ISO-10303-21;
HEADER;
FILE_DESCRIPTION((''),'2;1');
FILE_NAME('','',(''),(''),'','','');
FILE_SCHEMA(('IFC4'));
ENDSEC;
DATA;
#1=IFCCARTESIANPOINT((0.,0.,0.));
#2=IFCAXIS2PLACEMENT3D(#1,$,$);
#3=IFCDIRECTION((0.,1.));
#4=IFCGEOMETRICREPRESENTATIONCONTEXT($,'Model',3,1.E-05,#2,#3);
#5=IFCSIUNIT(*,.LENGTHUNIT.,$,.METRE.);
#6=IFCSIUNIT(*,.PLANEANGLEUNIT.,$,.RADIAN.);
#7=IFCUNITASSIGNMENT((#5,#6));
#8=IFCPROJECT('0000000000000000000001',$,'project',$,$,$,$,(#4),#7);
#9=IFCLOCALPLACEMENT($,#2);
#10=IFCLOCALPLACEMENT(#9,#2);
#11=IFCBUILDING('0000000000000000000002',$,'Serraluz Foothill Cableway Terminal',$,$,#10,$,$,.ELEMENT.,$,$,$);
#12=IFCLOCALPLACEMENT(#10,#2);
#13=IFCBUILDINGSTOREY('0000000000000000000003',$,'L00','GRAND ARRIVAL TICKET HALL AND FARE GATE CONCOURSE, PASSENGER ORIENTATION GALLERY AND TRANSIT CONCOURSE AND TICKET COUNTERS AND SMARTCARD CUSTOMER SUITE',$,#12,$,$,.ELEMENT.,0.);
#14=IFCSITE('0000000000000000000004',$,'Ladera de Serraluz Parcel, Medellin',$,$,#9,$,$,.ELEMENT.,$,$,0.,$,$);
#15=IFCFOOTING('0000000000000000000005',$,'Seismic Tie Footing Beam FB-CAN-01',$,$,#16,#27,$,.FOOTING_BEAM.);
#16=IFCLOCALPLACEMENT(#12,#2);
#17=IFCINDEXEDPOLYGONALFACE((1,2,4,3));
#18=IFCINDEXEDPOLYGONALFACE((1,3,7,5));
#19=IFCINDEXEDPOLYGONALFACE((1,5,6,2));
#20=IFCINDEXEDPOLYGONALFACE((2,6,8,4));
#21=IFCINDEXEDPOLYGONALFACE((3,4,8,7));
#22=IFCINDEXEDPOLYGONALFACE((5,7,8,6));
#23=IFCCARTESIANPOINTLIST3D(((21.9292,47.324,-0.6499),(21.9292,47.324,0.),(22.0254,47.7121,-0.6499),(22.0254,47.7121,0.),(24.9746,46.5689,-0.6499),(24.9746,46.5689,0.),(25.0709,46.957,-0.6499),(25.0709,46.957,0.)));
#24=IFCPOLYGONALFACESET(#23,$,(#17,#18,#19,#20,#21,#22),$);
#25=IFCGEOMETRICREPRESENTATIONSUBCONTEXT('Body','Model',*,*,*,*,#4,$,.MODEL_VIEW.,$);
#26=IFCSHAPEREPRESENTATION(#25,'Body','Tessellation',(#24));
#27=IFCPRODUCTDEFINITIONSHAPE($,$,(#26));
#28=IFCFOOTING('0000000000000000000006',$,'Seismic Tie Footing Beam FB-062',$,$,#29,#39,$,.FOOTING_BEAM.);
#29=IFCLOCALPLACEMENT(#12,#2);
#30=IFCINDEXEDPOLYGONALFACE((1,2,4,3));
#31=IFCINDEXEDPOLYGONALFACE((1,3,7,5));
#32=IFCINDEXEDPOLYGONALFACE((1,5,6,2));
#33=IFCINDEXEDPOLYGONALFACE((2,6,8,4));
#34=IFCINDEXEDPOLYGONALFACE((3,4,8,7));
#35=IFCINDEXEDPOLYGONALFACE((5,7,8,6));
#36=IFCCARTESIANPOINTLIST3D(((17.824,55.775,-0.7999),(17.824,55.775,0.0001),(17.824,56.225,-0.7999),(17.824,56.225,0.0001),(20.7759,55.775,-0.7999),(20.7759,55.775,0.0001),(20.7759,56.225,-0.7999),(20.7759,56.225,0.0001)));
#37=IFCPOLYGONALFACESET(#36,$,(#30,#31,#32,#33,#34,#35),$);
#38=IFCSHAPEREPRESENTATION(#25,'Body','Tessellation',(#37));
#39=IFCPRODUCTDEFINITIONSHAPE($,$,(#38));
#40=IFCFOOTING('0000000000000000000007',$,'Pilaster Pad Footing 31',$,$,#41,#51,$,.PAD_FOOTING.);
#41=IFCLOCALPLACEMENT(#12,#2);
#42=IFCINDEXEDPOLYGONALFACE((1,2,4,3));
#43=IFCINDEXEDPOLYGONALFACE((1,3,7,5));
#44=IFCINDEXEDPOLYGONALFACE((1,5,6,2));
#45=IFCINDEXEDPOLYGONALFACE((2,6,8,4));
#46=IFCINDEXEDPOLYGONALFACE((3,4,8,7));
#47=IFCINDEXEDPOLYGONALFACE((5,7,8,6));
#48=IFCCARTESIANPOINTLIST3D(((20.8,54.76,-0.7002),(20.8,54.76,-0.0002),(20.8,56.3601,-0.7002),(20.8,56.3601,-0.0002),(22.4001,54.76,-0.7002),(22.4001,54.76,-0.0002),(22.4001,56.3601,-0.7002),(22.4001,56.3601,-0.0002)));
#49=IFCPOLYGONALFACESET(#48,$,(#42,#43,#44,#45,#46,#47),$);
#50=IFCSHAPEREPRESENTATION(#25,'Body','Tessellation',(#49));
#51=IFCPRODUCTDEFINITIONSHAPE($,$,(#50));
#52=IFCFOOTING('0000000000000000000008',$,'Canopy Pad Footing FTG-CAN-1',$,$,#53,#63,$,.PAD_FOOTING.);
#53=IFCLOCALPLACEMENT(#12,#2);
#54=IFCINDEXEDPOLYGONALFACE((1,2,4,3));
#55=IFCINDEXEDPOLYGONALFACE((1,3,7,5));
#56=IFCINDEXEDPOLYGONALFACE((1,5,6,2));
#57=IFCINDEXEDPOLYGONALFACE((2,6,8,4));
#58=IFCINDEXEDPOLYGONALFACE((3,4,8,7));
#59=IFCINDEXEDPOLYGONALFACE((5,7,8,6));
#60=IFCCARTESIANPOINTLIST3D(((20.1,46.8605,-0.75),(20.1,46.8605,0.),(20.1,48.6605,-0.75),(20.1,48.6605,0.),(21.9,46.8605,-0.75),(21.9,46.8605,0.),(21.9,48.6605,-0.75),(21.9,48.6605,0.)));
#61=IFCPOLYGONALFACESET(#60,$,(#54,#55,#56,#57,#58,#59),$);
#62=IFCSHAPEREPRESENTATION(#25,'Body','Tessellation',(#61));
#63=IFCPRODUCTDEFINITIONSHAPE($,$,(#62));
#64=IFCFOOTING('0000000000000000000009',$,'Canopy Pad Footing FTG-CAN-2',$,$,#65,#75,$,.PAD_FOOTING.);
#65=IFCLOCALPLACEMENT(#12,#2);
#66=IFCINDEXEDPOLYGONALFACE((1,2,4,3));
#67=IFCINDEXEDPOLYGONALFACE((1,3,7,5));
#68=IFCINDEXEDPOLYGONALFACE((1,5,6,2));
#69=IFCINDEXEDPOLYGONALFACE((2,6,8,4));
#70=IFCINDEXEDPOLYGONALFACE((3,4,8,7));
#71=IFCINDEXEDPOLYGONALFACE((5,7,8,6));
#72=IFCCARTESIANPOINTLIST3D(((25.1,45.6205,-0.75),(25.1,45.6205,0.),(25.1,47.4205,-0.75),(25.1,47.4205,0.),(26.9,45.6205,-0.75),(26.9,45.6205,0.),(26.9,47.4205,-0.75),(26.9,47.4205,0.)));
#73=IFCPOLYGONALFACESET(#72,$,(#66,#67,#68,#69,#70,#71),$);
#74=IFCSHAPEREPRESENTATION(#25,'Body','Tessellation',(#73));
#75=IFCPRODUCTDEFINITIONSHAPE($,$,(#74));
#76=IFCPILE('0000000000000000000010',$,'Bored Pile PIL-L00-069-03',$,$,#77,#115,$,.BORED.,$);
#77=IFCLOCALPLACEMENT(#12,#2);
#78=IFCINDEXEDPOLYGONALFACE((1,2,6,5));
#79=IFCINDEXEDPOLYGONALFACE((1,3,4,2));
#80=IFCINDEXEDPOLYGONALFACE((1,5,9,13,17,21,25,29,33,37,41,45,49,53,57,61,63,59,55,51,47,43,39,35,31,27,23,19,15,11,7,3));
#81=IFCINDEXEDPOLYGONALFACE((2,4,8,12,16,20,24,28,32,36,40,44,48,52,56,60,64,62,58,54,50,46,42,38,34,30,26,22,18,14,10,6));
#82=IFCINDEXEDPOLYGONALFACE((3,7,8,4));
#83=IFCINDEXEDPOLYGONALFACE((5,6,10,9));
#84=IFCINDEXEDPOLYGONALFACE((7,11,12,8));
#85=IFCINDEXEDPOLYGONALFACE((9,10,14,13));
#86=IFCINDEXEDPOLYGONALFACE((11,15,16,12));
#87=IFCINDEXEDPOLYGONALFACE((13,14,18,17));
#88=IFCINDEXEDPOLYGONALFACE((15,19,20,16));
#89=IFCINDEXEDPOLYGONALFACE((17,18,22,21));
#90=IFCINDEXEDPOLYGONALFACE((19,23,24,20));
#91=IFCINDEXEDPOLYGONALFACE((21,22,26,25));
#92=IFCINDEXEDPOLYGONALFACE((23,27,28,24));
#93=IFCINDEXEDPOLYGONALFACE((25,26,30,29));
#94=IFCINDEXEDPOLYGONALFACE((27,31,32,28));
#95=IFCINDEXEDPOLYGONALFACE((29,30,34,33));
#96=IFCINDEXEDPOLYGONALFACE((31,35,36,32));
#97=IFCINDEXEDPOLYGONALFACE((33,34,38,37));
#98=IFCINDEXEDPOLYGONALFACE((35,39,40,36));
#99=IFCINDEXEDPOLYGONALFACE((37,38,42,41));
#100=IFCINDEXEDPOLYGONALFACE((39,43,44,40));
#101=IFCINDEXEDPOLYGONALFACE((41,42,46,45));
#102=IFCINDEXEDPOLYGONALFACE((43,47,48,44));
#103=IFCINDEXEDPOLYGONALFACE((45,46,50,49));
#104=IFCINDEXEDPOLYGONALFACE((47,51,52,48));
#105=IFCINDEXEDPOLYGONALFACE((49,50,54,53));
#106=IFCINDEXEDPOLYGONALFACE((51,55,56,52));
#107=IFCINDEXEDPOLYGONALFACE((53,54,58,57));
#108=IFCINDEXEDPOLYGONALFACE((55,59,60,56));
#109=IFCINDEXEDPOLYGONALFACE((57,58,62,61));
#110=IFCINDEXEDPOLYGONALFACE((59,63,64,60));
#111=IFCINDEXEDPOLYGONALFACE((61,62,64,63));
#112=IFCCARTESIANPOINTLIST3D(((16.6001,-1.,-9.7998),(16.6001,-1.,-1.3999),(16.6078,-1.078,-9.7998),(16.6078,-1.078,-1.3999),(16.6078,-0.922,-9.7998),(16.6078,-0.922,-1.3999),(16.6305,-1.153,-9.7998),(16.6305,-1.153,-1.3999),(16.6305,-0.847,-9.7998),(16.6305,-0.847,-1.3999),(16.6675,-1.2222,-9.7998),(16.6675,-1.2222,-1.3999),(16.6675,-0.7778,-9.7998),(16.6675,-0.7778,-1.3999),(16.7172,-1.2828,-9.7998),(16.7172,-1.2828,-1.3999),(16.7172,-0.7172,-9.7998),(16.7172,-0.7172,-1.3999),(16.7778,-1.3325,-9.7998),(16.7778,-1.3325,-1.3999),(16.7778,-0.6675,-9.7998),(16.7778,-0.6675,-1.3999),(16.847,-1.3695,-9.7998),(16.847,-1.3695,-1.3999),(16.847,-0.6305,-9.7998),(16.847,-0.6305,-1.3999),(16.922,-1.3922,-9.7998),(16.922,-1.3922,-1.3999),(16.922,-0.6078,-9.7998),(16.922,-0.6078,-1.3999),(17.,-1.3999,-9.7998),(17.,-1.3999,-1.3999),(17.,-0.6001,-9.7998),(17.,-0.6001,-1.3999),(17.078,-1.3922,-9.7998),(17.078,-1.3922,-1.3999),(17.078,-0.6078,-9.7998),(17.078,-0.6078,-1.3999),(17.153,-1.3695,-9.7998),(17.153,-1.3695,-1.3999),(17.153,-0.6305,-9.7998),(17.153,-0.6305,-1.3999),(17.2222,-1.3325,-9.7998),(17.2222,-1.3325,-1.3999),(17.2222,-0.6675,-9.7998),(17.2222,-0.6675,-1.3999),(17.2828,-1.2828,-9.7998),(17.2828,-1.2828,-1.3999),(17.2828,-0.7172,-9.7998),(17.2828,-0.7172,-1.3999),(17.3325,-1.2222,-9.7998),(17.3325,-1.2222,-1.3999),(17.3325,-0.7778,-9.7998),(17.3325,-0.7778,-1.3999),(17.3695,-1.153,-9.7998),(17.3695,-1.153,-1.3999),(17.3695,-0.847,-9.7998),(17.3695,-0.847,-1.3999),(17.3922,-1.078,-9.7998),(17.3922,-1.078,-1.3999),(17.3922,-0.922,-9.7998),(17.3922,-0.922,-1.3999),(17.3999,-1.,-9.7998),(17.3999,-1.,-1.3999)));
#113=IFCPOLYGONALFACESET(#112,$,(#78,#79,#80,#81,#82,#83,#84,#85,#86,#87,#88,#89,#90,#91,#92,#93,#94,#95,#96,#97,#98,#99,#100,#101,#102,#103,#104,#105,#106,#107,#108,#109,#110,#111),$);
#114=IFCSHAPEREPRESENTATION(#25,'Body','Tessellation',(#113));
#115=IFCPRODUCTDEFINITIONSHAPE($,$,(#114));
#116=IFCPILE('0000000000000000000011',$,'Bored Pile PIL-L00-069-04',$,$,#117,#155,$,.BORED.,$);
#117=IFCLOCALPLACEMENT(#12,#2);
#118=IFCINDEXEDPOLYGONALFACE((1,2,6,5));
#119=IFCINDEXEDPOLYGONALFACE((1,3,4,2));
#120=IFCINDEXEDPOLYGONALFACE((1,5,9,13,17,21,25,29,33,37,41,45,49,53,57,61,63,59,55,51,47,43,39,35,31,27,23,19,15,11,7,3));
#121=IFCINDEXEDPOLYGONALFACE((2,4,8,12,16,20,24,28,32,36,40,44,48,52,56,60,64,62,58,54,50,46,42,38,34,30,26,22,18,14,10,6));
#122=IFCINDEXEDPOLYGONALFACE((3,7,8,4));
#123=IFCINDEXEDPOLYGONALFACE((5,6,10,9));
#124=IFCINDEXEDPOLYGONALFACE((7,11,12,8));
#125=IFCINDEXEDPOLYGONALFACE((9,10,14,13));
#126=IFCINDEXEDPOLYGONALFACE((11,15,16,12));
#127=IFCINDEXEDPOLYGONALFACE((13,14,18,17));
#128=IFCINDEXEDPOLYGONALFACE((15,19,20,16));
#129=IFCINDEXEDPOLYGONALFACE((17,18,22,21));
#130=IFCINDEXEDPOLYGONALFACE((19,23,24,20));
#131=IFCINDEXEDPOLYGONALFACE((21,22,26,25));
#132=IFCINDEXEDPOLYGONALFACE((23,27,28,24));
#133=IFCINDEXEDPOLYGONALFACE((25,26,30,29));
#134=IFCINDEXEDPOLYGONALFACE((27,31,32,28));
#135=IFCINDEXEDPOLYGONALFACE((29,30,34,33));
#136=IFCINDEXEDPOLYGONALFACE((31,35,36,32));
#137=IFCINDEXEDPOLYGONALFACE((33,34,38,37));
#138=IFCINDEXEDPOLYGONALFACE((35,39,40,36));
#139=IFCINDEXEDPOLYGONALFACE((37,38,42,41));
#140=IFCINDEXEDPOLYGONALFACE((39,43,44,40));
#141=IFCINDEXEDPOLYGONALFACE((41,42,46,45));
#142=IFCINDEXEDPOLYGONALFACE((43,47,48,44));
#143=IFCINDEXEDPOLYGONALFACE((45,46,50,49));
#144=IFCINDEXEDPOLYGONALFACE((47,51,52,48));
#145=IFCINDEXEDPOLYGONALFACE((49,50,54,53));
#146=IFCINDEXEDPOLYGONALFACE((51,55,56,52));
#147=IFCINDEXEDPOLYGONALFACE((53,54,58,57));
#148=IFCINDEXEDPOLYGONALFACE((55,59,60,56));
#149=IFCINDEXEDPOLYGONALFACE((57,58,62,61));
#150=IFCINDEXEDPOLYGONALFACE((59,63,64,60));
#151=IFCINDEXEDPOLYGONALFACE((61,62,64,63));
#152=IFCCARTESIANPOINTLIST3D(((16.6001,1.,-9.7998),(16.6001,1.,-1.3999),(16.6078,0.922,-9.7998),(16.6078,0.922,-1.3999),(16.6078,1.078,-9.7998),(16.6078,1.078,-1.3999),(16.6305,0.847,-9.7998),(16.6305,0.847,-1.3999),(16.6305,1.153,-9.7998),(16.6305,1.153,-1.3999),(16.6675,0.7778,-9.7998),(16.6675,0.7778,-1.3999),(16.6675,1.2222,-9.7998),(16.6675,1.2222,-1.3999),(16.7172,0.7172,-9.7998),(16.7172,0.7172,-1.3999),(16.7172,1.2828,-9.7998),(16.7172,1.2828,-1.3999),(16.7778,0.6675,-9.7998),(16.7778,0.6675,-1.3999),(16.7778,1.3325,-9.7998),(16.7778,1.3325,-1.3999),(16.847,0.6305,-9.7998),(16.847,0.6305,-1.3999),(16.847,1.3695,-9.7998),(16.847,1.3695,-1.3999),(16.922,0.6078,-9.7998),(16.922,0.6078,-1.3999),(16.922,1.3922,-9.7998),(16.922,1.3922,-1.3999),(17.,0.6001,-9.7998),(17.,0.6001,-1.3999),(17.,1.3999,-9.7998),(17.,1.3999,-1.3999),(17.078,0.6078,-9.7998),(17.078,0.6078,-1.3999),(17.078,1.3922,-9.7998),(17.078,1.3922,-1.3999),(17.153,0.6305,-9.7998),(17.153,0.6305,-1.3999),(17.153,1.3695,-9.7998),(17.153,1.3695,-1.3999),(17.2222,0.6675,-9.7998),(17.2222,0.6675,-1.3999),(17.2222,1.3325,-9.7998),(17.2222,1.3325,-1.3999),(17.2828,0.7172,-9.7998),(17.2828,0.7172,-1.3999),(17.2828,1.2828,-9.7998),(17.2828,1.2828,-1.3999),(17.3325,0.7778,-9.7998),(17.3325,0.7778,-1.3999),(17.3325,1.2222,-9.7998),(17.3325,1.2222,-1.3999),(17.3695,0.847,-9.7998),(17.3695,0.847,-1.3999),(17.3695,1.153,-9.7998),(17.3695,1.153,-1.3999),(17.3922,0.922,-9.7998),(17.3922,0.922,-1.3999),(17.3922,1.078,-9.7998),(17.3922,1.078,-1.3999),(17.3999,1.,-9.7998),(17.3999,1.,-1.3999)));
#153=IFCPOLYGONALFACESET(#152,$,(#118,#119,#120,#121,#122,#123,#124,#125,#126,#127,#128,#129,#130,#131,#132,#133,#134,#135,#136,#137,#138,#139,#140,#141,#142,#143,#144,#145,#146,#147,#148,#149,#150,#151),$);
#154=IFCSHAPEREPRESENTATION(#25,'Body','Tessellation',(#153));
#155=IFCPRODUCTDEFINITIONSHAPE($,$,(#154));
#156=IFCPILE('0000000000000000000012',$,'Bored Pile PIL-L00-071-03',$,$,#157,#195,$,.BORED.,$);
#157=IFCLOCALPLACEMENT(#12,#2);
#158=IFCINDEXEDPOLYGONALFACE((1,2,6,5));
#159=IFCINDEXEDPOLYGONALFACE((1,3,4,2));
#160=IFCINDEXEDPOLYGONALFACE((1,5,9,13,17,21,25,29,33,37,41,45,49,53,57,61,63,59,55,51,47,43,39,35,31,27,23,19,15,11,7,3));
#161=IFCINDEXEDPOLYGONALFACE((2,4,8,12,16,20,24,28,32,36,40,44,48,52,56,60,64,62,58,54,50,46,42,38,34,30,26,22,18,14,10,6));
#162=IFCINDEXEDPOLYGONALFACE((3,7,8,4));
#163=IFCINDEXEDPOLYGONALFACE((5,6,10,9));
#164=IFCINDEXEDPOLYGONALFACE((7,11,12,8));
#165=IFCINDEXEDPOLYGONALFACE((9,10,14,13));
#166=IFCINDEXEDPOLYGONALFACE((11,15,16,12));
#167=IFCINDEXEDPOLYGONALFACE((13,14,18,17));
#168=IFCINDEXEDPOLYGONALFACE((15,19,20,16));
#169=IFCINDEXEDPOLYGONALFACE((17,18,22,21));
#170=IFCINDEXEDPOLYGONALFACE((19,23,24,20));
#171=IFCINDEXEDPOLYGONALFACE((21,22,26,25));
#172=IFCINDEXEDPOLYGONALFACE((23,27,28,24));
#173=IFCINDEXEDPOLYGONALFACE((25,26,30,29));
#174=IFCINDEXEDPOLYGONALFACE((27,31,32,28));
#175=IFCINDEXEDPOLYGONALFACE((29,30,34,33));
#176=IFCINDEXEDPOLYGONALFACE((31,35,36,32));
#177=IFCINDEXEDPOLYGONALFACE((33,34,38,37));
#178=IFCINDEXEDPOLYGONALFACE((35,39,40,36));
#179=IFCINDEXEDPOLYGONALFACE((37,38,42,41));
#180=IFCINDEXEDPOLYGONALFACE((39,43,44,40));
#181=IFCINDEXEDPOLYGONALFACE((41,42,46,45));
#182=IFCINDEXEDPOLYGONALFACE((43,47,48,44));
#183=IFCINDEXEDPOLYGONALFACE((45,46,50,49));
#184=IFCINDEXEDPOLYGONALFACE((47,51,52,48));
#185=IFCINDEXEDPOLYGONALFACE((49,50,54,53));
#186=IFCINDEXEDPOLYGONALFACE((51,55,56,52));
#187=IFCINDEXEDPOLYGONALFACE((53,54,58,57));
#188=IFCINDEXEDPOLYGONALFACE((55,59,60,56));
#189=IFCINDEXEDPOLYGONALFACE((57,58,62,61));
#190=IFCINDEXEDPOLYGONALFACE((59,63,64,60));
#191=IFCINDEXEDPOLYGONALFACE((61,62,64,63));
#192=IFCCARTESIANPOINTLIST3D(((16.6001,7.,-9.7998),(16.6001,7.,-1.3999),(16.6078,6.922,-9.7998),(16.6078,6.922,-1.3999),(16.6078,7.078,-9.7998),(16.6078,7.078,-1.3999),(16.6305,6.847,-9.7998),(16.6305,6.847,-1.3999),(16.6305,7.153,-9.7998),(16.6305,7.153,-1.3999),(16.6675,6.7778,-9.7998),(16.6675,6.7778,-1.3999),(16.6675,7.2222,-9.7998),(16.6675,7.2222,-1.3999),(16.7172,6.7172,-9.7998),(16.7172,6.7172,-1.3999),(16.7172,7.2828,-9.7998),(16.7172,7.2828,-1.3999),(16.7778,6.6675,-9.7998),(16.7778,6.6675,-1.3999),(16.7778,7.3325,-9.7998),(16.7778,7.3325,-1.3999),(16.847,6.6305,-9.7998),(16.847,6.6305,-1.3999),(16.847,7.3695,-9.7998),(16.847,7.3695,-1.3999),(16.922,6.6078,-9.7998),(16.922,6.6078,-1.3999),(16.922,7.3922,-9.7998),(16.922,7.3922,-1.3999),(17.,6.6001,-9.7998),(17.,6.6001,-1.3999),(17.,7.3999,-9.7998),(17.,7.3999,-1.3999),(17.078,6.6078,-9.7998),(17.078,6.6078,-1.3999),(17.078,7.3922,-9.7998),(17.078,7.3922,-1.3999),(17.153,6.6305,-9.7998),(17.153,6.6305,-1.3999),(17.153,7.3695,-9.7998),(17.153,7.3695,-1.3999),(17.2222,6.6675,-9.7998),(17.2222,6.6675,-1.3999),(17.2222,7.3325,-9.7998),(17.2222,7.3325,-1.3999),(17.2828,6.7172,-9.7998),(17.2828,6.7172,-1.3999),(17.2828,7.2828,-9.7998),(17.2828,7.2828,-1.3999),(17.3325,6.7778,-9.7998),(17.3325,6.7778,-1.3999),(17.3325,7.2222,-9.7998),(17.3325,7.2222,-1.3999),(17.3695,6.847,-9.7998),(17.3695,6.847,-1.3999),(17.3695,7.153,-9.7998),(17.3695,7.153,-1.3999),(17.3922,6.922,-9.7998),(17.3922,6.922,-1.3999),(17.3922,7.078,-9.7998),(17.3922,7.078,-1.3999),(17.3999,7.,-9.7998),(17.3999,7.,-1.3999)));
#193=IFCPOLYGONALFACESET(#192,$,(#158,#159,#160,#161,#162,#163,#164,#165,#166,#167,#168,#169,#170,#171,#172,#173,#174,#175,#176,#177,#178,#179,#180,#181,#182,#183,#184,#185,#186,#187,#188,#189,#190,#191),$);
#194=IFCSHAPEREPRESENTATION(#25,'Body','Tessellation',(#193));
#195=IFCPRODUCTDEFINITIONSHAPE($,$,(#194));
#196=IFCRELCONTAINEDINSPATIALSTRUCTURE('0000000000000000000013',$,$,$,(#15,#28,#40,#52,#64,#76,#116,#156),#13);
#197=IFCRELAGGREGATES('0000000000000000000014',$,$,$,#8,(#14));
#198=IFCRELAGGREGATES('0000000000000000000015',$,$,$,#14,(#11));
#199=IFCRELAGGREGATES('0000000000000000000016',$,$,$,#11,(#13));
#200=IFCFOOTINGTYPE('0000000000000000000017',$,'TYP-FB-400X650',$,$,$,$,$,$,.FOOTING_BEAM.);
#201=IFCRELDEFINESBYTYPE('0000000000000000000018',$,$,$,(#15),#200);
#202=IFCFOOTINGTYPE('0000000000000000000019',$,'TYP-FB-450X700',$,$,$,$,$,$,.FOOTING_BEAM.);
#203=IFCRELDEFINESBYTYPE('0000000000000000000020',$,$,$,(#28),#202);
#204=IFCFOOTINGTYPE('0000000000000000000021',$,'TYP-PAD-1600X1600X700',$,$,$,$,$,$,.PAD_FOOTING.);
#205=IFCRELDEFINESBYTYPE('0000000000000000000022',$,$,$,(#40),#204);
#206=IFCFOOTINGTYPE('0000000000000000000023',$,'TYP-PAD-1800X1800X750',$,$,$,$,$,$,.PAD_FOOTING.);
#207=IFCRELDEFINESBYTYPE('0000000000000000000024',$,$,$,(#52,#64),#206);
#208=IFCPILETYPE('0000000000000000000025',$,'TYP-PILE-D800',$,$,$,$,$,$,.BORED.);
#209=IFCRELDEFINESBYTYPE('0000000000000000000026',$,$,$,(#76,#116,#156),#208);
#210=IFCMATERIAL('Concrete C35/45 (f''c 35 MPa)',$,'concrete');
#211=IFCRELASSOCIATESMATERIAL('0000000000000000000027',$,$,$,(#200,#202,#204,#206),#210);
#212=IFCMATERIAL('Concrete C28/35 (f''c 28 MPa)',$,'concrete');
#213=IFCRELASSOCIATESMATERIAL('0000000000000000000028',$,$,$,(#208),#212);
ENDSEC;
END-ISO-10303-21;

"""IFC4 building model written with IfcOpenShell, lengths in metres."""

from ifc_helpers import new_model, si_unit, direction, frame, origin, origin_2d, place, context, subcontext, project, spatial, rectangle, circle, extrude, material, material_profile, profile_set, type_object, element, save


model = new_model("IFC4")

# Units and contexts
model_context = context("Model", 3, precision=1e-05, world=origin(), true_north=direction((0.0, 1.0)))
body_context = subcontext(model_context, "Body", "Model", "MODEL_VIEW")
ifc_project = project(units=[si_unit("LENGTHUNIT", "METRE"), si_unit("PLANEANGLEUNIT", "RADIAN")], contexts=[model_context])

# Site, building, storey
site_placement = place(None, origin())
site = spatial("IfcSite", under=ifc_project, at=site_placement, Name="Ladera de Serraluz Parcel, Medellin", CompositionType="ELEMENT", RefElevation=0.0)
building_placement = place(site_placement, origin())
building = spatial("IfcBuilding", under=site, at=building_placement, Name="Serraluz Foothill Cableway Terminal", CompositionType="ELEMENT")
storey_placement = place(building_placement, origin())
storey = spatial("IfcBuildingStorey", under=building, at=storey_placement, Name="L00", Description="GRAND ARRIVAL TICKET HALL AND FARE GATE CONCOURSE, PASSENGER ORIENTATION GALLERY AND TRANSIT CONCOURSE AND TICKET COUNTERS AND SMARTCARD CUSTOMER SUITE", CompositionType="ELEMENT", Elevation=0.0)

# Footings
ifc_material_1 = material(Name="Concrete C35/45 (f'c 35 MPa)", Category="concrete")
ifc_material_profile_1 = material_profile(ifc_material_1, rectangle(XDim=0.3999, YDim=0.6499, at=origin_2d()), Name="RC 400x650")
ifc_profile_set_1 = profile_set([ifc_material_profile_1], Name="Concrete C35/45 (f'c 35 MPa)")
footing_type_1 = type_object("IfcFootingType", Name="TYP-FB-400X650", PredefinedType="FOOTING_BEAM", material=ifc_profile_set_1)
footing_1_placement = place(storey_placement, frame((21.9773, 47.5181, -0.325), z_axis=(0.970608, -0.240668, 0.0), x_axis=(0.240668, 0.970608, 0.0)))
element("IfcFooting", 1, at=footing_1_placement, inside=storey, type_object=footing_type_1, Name="Seismic Tie Footing Beam FB-CAN-01", PredefinedType="FOOTING_BEAM", context=body_context, shape_type="SweptSolid", body=[
    extrude(rectangle(XDim=0.3999, YDim=0.6499, at=origin_2d()), origin(), (0.0, 0.0, 1.0), 3.1377),
])
ifc_material_profile_2 = material_profile(ifc_material_1, rectangle(XDim=0.45, YDim=0.8, at=origin_2d()), Name="RC 450x800")
ifc_profile_set_2 = profile_set([ifc_material_profile_2], Name="Concrete C35/45 (f'c 35 MPa)")
footing_type_2 = type_object("IfcFootingType", Name="TYP-FB-450X700", PredefinedType="FOOTING_BEAM", material=ifc_profile_set_2)
footing_2_placement = place(storey_placement, frame((17.824, 56.0, -0.3999), z_axis=(1.0, 0.0, 0.0), x_axis=(0.0, 1.0, 0.0)))
element("IfcFooting", 2, at=footing_2_placement, inside=storey, type_object=footing_type_2, Name="Seismic Tie Footing Beam FB-062", PredefinedType="FOOTING_BEAM", context=body_context, shape_type="SweptSolid", body=[
    extrude(rectangle(XDim=0.45, YDim=0.8, at=origin_2d()), origin(), (0.0, 0.0, 1.0), 2.9519),
])
footing_type_3 = type_object("IfcFootingType", Name="TYP-PAD-1600X1600X700", PredefinedType="PAD_FOOTING", material=ifc_material_1)
footing_3_placement = place(storey_placement, frame((21.6001, 55.5601, -0.7002), z_axis=(0.0, 0.0, 1.0), x_axis=(1.0, 0.0, 0.0)))
element("IfcFooting", 3, at=footing_3_placement, inside=storey, type_object=footing_type_3, Name="Pilaster Pad Footing 31", PredefinedType="PAD_FOOTING", context=body_context, shape_type="SweptSolid", body=[
    extrude(rectangle(XDim=1.6001, YDim=1.6001, at=origin_2d()), origin(), (0.0, 0.0, 1.0), 0.7),
])
footing_type_4 = type_object("IfcFootingType", Name="TYP-PAD-1800X1800X750", PredefinedType="PAD_FOOTING", material=ifc_material_1)
for number, where, z_axis, x_axis, name in (
    (4, (21.0, 47.7605, -0.75), (0.0, 0.0, 1.0), (1.0, 0.0, 0.0), "Canopy Pad Footing FTG-CAN-1"),
    (5, (26.0, 46.5205, -0.75), (0.0, 0.0, 1.0), (1.0, 0.0, 0.0), "Canopy Pad Footing FTG-CAN-2"),
):
    element("IfcFooting", number, at=place(storey_placement, frame(where, z_axis=z_axis, x_axis=x_axis)), inside=storey, type_object=footing_type_4, Name=name, PredefinedType="PAD_FOOTING", context=body_context, shape_type="SweptSolid", body=[
        extrude(rectangle(XDim=1.8, YDim=1.8, at=origin_2d()), origin(), (0.0, 0.0, 1.0), 0.75),
    ])

# Piles
ifc_material_2 = material(Name="Concrete C28/35 (f'c 28 MPa)", Category="concrete")
ifc_material_profile_3 = material_profile(ifc_material_2, circle(Radius=0.3999, at=origin_2d()), Name="BORED PILE D800")
ifc_profile_set_3 = profile_set([ifc_material_profile_3], Name="Concrete C28/35 (f'c 28 MPa)")
pile_type = type_object("IfcPileType", Name="TYP-PILE-D800", PredefinedType="BORED", material=ifc_profile_set_3)
for number, where, z_axis, x_axis, name in (
    (6, (17.0, -1.0, -1.3999), (0.0, 0.0, -1.0), (1.0, 0.0, 0.0), "Bored Pile PIL-L00-069-03"),
    (7, (17.0, 1.0, -1.3999), (0.0, 0.0, -1.0), (1.0, 0.0, 0.0), "Bored Pile PIL-L00-069-04"),
    (8, (17.0, 7.0, -1.3999), (0.0, 0.0, -1.0), (1.0, 0.0, 0.0), "Bored Pile PIL-L00-071-03"),
):
    element("IfcPile", number, at=place(storey_placement, frame(where, z_axis=z_axis, x_axis=x_axis)), inside=storey, type_object=pile_type, Name=name, PredefinedType="BORED", context=body_context, shape_type="SweptSolid", body=[
        extrude(circle(Radius=0.3999, at=origin_2d()), origin(), (0.0, 0.0, 1.0), 8.3999),
    ])

save(model, "model.ifc")
